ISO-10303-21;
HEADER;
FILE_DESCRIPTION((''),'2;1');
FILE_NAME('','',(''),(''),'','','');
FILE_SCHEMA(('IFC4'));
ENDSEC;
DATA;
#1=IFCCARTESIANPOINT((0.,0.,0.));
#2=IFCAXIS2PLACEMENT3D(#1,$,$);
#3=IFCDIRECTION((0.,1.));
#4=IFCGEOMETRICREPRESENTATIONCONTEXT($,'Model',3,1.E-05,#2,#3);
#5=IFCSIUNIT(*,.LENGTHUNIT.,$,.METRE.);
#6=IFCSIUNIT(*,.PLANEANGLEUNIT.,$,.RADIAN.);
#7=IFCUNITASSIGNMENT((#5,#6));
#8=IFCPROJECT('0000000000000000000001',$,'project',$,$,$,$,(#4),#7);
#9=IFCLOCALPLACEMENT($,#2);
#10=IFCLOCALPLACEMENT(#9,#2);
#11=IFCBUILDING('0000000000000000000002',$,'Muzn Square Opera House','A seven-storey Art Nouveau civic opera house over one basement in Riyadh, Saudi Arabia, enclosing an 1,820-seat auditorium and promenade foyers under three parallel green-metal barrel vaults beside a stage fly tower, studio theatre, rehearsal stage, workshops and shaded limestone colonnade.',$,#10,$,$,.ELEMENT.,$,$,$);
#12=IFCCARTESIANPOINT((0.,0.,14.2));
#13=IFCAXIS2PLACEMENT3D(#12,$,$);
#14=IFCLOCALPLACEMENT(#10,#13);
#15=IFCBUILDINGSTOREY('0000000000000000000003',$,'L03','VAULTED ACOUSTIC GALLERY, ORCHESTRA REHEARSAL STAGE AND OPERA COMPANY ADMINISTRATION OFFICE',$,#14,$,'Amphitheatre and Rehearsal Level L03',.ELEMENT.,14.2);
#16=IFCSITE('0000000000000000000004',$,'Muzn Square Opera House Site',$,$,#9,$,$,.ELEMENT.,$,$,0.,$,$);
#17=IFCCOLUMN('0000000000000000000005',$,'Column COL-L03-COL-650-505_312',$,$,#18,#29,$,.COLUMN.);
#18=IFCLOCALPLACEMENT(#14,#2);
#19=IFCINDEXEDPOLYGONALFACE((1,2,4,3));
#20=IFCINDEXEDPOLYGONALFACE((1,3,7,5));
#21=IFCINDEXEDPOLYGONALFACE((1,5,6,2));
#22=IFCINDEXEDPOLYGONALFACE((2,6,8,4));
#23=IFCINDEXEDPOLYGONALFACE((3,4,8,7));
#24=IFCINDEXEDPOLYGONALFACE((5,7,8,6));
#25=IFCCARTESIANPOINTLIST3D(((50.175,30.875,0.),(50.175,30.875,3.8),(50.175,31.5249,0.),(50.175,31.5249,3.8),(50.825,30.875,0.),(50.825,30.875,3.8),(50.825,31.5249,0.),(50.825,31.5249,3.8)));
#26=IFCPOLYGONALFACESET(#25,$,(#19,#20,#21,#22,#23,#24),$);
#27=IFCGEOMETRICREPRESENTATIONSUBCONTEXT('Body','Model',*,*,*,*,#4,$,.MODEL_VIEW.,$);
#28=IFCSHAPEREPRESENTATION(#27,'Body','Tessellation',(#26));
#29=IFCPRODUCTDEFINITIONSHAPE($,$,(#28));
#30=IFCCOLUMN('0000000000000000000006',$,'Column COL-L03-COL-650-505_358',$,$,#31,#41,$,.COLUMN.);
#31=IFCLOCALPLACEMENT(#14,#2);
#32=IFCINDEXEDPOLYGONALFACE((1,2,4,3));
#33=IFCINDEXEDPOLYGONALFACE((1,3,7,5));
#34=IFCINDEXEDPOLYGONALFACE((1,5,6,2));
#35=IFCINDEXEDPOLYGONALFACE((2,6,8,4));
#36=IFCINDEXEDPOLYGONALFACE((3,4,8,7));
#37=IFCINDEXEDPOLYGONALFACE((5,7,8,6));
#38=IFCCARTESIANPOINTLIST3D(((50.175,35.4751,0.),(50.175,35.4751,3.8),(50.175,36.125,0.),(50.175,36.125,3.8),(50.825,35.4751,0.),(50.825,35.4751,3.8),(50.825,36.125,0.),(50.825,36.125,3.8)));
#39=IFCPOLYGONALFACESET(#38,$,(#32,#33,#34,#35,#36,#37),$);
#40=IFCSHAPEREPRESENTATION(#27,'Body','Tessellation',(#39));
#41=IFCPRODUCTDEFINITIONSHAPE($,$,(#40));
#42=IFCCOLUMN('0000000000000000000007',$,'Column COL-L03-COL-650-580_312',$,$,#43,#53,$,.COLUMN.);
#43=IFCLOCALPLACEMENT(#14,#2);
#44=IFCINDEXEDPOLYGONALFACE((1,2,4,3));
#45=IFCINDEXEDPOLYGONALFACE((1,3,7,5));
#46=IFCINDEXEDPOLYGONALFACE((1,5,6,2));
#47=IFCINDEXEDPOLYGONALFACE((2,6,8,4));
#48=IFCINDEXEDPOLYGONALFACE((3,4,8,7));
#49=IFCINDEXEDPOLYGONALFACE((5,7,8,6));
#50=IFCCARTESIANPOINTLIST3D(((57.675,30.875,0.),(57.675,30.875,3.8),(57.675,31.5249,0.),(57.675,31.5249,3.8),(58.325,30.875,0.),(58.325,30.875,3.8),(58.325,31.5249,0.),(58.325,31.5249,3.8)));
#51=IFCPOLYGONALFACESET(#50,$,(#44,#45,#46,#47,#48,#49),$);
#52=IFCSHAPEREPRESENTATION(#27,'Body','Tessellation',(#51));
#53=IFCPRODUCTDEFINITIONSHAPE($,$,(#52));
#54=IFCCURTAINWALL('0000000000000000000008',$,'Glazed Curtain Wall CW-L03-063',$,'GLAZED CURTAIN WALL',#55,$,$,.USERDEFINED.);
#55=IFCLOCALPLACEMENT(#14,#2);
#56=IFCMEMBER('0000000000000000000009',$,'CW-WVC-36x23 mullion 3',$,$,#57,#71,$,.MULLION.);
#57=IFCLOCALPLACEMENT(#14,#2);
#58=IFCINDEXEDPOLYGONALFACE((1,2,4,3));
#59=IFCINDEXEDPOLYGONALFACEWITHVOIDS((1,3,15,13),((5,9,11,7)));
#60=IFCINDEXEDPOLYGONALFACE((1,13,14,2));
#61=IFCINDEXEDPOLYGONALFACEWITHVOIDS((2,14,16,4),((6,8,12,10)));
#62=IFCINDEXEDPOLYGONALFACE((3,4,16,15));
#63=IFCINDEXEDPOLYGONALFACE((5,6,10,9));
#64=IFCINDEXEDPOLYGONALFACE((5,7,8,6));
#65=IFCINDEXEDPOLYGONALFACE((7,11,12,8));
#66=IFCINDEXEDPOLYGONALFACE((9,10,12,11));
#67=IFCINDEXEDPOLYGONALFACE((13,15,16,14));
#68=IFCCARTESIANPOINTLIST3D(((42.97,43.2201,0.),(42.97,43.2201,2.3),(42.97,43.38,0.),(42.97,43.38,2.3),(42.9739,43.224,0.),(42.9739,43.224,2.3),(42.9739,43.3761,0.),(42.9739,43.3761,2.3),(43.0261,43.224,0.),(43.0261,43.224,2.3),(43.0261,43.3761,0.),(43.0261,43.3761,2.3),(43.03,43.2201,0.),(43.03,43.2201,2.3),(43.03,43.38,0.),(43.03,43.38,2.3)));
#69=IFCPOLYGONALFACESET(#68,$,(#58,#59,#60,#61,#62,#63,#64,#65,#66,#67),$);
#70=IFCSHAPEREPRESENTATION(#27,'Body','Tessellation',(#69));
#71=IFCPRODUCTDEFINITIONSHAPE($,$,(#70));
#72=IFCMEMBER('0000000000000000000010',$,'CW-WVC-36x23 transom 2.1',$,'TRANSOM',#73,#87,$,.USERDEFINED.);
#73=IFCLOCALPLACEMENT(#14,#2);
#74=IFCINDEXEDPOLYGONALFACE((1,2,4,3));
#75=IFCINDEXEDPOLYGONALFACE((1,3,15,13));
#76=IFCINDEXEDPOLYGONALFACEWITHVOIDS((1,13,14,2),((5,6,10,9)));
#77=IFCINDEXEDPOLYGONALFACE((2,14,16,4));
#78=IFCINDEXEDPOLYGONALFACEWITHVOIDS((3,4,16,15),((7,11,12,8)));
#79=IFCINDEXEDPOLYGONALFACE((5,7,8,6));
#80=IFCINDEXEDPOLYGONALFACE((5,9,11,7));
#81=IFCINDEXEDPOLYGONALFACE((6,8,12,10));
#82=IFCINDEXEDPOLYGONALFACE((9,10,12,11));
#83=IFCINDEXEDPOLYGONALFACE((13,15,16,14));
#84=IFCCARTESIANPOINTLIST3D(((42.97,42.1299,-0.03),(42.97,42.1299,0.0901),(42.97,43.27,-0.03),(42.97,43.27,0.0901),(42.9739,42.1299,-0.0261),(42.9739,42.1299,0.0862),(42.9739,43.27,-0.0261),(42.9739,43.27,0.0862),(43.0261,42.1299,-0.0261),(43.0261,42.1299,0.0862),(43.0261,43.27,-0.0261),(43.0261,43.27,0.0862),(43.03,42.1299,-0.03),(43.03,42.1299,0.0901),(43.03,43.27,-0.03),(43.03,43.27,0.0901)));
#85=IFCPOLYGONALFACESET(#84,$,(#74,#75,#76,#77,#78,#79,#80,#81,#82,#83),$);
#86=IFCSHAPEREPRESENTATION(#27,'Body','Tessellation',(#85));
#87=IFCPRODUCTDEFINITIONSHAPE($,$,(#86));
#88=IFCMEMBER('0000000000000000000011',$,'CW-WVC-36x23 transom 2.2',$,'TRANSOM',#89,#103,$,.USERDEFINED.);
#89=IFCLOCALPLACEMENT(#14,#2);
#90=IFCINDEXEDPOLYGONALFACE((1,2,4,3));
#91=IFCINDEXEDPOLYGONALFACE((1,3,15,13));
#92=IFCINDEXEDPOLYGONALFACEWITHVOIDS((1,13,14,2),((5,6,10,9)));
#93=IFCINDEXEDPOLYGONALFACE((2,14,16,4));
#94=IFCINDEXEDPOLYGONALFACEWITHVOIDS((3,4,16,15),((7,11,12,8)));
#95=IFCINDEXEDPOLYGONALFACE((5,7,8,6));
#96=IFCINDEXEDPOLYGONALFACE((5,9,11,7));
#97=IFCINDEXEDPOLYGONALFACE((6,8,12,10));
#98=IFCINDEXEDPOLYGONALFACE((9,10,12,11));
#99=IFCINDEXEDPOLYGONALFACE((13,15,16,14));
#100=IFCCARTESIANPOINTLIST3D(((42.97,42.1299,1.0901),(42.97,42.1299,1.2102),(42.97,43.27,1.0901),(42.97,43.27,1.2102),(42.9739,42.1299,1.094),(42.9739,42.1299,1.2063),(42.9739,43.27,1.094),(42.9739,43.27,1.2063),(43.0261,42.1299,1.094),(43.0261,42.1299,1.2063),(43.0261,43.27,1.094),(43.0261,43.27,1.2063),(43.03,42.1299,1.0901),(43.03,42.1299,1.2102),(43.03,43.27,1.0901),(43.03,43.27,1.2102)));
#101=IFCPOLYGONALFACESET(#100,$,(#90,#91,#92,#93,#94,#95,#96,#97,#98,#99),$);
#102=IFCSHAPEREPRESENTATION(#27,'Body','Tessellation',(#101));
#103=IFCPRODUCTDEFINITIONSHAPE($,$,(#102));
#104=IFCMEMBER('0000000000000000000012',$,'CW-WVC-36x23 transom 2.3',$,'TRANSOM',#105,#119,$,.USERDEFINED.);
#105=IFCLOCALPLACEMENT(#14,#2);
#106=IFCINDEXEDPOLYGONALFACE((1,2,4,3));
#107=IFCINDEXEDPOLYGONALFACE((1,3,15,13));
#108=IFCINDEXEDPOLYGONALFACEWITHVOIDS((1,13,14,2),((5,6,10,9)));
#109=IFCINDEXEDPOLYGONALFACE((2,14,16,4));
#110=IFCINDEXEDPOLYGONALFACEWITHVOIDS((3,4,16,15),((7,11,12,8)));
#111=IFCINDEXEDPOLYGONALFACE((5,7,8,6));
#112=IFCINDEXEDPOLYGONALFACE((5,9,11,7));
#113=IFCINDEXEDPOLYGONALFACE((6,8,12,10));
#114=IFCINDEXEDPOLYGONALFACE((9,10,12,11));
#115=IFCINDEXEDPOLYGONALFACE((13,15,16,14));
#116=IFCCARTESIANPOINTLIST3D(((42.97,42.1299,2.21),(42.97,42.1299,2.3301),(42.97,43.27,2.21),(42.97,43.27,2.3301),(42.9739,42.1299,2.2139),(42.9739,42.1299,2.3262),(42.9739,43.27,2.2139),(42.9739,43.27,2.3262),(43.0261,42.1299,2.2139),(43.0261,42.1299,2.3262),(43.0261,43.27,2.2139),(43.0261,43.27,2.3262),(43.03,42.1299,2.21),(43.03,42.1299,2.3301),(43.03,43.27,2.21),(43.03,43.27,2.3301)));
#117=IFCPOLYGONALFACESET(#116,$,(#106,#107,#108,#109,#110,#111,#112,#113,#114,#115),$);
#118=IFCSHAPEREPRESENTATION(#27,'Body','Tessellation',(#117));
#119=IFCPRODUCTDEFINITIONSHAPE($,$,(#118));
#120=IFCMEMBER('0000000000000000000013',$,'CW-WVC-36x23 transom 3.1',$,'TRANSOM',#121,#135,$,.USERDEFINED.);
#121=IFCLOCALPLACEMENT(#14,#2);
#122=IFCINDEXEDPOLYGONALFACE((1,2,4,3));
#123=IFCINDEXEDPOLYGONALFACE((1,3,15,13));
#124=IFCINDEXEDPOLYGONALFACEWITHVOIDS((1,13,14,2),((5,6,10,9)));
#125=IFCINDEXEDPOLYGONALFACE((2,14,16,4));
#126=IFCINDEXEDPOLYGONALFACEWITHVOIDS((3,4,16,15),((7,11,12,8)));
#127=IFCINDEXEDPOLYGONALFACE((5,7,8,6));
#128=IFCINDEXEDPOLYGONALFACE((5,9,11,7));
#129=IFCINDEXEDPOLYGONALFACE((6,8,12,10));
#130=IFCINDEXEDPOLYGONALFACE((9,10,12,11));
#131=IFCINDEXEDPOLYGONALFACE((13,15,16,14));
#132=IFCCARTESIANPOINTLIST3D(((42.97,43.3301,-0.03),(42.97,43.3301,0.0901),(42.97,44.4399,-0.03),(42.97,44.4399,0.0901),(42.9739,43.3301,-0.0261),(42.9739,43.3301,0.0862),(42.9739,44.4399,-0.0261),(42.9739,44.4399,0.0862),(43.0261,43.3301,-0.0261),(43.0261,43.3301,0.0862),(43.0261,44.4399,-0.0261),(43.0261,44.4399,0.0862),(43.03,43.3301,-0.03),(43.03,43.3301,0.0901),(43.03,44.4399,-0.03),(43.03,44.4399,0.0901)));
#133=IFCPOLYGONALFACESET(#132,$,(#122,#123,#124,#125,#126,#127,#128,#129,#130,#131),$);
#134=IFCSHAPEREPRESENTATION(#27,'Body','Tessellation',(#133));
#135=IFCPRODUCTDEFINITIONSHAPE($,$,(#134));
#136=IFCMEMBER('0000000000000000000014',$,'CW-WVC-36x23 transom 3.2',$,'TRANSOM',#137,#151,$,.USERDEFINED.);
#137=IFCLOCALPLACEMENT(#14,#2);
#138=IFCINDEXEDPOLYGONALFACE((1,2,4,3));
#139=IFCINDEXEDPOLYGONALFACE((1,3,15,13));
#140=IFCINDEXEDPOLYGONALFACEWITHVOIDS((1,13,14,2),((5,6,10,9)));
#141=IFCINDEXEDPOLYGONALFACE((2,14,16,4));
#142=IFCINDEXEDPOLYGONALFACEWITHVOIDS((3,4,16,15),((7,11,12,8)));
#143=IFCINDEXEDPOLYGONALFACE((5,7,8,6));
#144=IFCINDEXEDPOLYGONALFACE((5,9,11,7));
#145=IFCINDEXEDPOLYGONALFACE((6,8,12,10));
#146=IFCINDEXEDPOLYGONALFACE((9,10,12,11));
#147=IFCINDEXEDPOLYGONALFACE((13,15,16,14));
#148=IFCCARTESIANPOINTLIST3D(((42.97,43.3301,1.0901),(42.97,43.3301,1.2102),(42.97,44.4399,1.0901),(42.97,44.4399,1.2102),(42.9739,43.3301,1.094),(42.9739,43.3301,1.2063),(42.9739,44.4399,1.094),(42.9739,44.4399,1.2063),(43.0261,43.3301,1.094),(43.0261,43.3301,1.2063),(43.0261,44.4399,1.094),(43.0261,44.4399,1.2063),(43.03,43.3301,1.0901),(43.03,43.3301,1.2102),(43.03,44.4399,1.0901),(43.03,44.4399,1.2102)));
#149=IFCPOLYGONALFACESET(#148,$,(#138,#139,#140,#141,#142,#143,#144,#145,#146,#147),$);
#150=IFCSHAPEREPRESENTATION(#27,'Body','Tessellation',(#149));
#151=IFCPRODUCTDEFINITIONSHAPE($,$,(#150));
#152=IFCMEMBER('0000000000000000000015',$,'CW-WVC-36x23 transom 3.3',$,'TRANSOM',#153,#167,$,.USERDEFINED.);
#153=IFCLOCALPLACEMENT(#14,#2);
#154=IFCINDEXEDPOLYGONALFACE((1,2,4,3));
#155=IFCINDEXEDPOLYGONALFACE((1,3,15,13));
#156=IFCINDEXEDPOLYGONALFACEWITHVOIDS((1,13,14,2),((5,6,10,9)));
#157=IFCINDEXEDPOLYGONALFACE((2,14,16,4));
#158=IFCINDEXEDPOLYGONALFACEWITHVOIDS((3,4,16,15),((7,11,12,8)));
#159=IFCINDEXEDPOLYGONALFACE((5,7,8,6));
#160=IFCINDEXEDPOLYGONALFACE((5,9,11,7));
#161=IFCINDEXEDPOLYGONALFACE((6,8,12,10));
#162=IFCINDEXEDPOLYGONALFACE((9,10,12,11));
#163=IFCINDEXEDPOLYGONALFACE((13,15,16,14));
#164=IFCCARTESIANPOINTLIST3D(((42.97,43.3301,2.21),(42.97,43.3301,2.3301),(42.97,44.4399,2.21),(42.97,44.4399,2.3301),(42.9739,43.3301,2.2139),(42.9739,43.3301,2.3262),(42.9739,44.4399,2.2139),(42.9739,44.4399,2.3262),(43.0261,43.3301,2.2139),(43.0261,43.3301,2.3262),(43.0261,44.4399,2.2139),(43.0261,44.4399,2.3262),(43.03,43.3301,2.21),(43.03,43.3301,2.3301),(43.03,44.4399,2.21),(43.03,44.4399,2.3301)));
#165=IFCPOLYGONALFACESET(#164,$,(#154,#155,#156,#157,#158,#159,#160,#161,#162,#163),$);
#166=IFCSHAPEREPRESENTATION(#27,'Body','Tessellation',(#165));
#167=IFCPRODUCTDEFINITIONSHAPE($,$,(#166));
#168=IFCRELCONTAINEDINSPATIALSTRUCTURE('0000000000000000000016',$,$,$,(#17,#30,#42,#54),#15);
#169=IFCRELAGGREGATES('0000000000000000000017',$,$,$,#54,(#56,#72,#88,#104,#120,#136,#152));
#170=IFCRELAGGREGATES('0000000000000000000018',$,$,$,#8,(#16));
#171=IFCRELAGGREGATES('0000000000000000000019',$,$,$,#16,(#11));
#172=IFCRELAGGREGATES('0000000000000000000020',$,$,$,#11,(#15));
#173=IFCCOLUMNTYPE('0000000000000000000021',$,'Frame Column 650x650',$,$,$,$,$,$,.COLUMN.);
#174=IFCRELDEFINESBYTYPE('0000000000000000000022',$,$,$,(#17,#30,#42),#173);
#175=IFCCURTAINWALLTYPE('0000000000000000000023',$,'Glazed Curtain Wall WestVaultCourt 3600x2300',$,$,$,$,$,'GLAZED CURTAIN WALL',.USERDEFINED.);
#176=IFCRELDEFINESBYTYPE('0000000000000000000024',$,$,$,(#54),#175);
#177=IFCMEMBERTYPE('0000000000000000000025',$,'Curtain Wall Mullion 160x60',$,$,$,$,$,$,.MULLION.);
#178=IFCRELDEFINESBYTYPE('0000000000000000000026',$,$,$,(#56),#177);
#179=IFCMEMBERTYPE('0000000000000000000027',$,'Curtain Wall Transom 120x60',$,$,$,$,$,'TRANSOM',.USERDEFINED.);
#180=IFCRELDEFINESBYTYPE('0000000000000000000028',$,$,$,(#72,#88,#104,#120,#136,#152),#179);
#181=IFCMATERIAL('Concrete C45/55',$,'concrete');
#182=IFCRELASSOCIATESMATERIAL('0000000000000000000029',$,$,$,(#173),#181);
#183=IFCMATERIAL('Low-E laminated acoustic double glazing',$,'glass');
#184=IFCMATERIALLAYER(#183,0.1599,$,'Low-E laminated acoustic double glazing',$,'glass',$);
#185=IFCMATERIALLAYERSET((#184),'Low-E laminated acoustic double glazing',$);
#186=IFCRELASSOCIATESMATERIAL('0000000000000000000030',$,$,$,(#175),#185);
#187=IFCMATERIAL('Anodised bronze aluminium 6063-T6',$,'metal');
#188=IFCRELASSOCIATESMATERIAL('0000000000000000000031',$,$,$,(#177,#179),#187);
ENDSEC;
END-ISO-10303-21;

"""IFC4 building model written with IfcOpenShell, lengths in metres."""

from ifc_helpers import new_model, si_unit, direction, frame, origin, origin_2d, place, context, subcontext, project, spatial, rectangle, hollow_rectangle, extrude, material, layer, layer_set, material_profile, profile_set, type_object, element, aggregate, save


model = new_model("IFC4")

# Units and contexts
model_context = context("Model", 3, precision=1e-05, world=origin(), true_north=direction((0.0, 1.0)))
body_context = subcontext(model_context, "Body", "Model", "MODEL_VIEW")
ifc_project = project(units=[si_unit("LENGTHUNIT", "METRE"), si_unit("PLANEANGLEUNIT", "RADIAN")], contexts=[model_context])

# Site, building, storey
site_placement = place(None, origin())
site = spatial("IfcSite", under=ifc_project, at=site_placement, Name="Muzn Square Opera House Site", CompositionType="ELEMENT", RefElevation=0.0)
building_placement = place(site_placement, origin())
building = spatial("IfcBuilding", under=site, at=building_placement, Name="Muzn Square Opera House", Description="A seven-storey Art Nouveau civic opera house over one basement in Riyadh, Saudi Arabia, enclosing an 1,820-seat auditorium and promenade foyers under three parallel green-metal barrel vaults beside a stage fly tower, studio theatre, rehearsal stage, workshops and shaded limestone colonnade.", CompositionType="ELEMENT")
storey_placement = place(building_placement, frame((0.0, 0.0, 14.2)))
storey = spatial("IfcBuildingStorey", under=building, at=storey_placement, Name="L03", Description="VAULTED ACOUSTIC GALLERY, ORCHESTRA REHEARSAL STAGE AND OPERA COMPANY ADMINISTRATION OFFICE", LongName="Amphitheatre and Rehearsal Level L03", CompositionType="ELEMENT", Elevation=14.2)

# Columns
ifc_material_1 = material(Name="Concrete C45/55", Category="concrete")
ifc_material_profile_1 = material_profile(ifc_material_1, rectangle(XDim=0.6499, YDim=0.6499, at=origin_2d()), Name="RC 650x650", Category="concrete")
ifc_profile_set_1 = profile_set([ifc_material_profile_1], Name="Concrete C45/55")
column_type = type_object("IfcColumnType", Name="Frame Column 650x650", PredefinedType="COLUMN", material=ifc_profile_set_1)
for number, where, z_axis, x_axis, name in (
    (1, (50.5, 31.2, 0.0), (0.0, 0.0, 1.0), (1.0, 0.0, 0.0), "Column COL-L03-COL-650-505_312"),
    (2, (50.5, 35.8, 0.0), (0.0, 0.0, 1.0), (1.0, 0.0, 0.0), "Column COL-L03-COL-650-505_358"),
    (3, (58.0, 31.2, 0.0), (0.0, 0.0, 1.0), (1.0, 0.0, 0.0), "Column COL-L03-COL-650-580_312"),
):
    element("IfcColumn", number, at=place(storey_placement, frame(where, z_axis=z_axis, x_axis=x_axis)), inside=storey, type_object=column_type, Name=name, PredefinedType="COLUMN", context=body_context, shape_type="SweptSolid", body=[
        extrude(rectangle(XDim=0.6499, YDim=0.6499, at=origin_2d()), origin(), (0.0, 0.0, 1.0), 3.8),
    ])

# Curtain wall, members
ifc_material_2 = material(Name="Low-E laminated acoustic double glazing", Category="glass")
ifc_layer_1 = layer(ifc_material_2, 0.1599, Name="Low-E laminated acoustic double glazing", Category="glass")
ifc_layer_set_1 = layer_set([ifc_layer_1], Name="Low-E laminated acoustic double glazing")
curtain_wall_type = type_object("IfcCurtainWallType", Name="Glazed Curtain Wall WestVaultCourt 3600x2300", ElementType="GLAZED CURTAIN WALL", PredefinedType="USERDEFINED", material=ifc_layer_set_1)
curtain_wall_placement = place(storey_placement, origin())
curtain_wall = element("IfcCurtainWall", 4, at=curtain_wall_placement, inside=storey, type_object=curtain_wall_type, Name="Glazed Curtain Wall CW-L03-063", ObjectType="GLAZED CURTAIN WALL", PredefinedType="USERDEFINED")
ifc_material_3 = material(Name="Anodised bronze aluminium 6063-T6", Category="metal")
ifc_material_profile_2 = material_profile(ifc_material_3, hollow_rectangle(XDim=0.0601, YDim=0.1599, WallThickness=0.0039, at=origin_2d()), Name="ALU 160x60x4", Category="metal")
ifc_profile_set_2 = profile_set([ifc_material_profile_2], Name="Anodised bronze aluminium 6063-T6")
member_type_1 = type_object("IfcMemberType", Name="Curtain Wall Mullion 160x60", PredefinedType="MULLION", material=ifc_profile_set_2)
member_1_placement = place(storey_placement, frame((43.0, 43.3, 0.0), z_axis=(0.0, 0.0, 1.0), x_axis=(-1.0, 0.0, 0.0)))
member_1 = element("IfcMember", 5, at=member_1_placement, type_object=member_type_1, Name="CW-WVC-36x23 mullion 3", PredefinedType="MULLION", context=body_context, shape_type="SweptSolid", body=[
    extrude(hollow_rectangle(XDim=0.0601, YDim=0.1599, WallThickness=0.0039, at=origin_2d()), origin(), (0.0, 0.0, 1.0), 2.3),
])
ifc_material_profile_3 = material_profile(ifc_material_3, hollow_rectangle(XDim=0.0601, YDim=0.1201, WallThickness=0.0039, at=origin_2d()), Name="ALU 120x60x4", Category="metal")
ifc_profile_set_3 = profile_set([ifc_material_profile_3], Name="Anodised bronze aluminium 6063-T6")
member_type_2 = type_object("IfcMemberType", Name="Curtain Wall Transom 120x60", ElementType="TRANSOM", PredefinedType="USERDEFINED", material=ifc_profile_set_3)
member_2_placement = place(storey_placement, frame((43.0, 42.1299, 0.03), z_axis=(0.0, 1.0, 0.0), x_axis=(-1.0, 0.0, 0.0)))
member_2 = element("IfcMember", 6, at=member_2_placement, type_object=member_type_2, Name="CW-WVC-36x23 transom 2.1", ObjectType="TRANSOM", PredefinedType="USERDEFINED", context=body_context, shape_type="SweptSolid", body=[
    extrude(hollow_rectangle(XDim=0.0601, YDim=0.1201, WallThickness=0.0039, at=origin_2d()), origin(), (0.0, 0.0, 1.0), 1.1401),
])
member_3_placement = place(storey_placement, frame((43.0, 42.1299, 1.1501), z_axis=(0.0, 1.0, 0.0), x_axis=(-1.0, 0.0, 0.0)))
member_3 = element("IfcMember", 7, at=member_3_placement, type_object=member_type_2, Name="CW-WVC-36x23 transom 2.2", ObjectType="TRANSOM", PredefinedType="USERDEFINED", context=body_context, shape_type="SweptSolid", body=[
    extrude(hollow_rectangle(XDim=0.0601, YDim=0.1201, WallThickness=0.0039, at=origin_2d()), origin(), (0.0, 0.0, 1.0), 1.1401),
])
member_4_placement = place(storey_placement, frame((43.0, 42.1299, 2.27), z_axis=(0.0, 1.0, 0.0), x_axis=(-1.0, 0.0, 0.0)))
member_4 = element("IfcMember", 8, at=member_4_placement, type_object=member_type_2, Name="CW-WVC-36x23 transom 2.3", ObjectType="TRANSOM", PredefinedType="USERDEFINED", context=body_context, shape_type="SweptSolid", body=[
    extrude(hollow_rectangle(XDim=0.0601, YDim=0.1201, WallThickness=0.0039, at=origin_2d()), origin(), (0.0, 0.0, 1.0), 1.1401),
])
member_5_placement = place(storey_placement, frame((43.0, 43.3301, 0.03), z_axis=(0.0, 1.0, 0.0), x_axis=(-1.0, 0.0, 0.0)))
member_5 = element("IfcMember", 9, at=member_5_placement, type_object=member_type_2, Name="CW-WVC-36x23 transom 3.1", ObjectType="TRANSOM", PredefinedType="USERDEFINED", context=body_context, shape_type="SweptSolid", body=[
    extrude(hollow_rectangle(XDim=0.0601, YDim=0.1201, WallThickness=0.0039, at=origin_2d()), origin(), (0.0, 0.0, 1.0), 1.1099),
])
member_6_placement = place(storey_placement, frame((43.0, 43.3301, 1.1501), z_axis=(0.0, 1.0, 0.0), x_axis=(-1.0, 0.0, 0.0)))
member_6 = element("IfcMember", 10, at=member_6_placement, type_object=member_type_2, Name="CW-WVC-36x23 transom 3.2", ObjectType="TRANSOM", PredefinedType="USERDEFINED", context=body_context, shape_type="SweptSolid", body=[
    extrude(hollow_rectangle(XDim=0.0601, YDim=0.1201, WallThickness=0.0039, at=origin_2d()), origin(), (0.0, 0.0, 1.0), 1.1099),
])
member_7_placement = place(storey_placement, frame((43.0, 43.3301, 2.27), z_axis=(0.0, 1.0, 0.0), x_axis=(-1.0, 0.0, 0.0)))
member_7 = element("IfcMember", 11, at=member_7_placement, type_object=member_type_2, Name="CW-WVC-36x23 transom 3.3", ObjectType="TRANSOM", PredefinedType="USERDEFINED", context=body_context, shape_type="SweptSolid", body=[
    extrude(hollow_rectangle(XDim=0.0601, YDim=0.1201, WallThickness=0.0039, at=origin_2d()), origin(), (0.0, 0.0, 1.0), 1.1099),
])

aggregate(curtain_wall, [member_1, member_2, member_3, member_4, member_5, member_6, member_7])

save(model, "model.ifc")
